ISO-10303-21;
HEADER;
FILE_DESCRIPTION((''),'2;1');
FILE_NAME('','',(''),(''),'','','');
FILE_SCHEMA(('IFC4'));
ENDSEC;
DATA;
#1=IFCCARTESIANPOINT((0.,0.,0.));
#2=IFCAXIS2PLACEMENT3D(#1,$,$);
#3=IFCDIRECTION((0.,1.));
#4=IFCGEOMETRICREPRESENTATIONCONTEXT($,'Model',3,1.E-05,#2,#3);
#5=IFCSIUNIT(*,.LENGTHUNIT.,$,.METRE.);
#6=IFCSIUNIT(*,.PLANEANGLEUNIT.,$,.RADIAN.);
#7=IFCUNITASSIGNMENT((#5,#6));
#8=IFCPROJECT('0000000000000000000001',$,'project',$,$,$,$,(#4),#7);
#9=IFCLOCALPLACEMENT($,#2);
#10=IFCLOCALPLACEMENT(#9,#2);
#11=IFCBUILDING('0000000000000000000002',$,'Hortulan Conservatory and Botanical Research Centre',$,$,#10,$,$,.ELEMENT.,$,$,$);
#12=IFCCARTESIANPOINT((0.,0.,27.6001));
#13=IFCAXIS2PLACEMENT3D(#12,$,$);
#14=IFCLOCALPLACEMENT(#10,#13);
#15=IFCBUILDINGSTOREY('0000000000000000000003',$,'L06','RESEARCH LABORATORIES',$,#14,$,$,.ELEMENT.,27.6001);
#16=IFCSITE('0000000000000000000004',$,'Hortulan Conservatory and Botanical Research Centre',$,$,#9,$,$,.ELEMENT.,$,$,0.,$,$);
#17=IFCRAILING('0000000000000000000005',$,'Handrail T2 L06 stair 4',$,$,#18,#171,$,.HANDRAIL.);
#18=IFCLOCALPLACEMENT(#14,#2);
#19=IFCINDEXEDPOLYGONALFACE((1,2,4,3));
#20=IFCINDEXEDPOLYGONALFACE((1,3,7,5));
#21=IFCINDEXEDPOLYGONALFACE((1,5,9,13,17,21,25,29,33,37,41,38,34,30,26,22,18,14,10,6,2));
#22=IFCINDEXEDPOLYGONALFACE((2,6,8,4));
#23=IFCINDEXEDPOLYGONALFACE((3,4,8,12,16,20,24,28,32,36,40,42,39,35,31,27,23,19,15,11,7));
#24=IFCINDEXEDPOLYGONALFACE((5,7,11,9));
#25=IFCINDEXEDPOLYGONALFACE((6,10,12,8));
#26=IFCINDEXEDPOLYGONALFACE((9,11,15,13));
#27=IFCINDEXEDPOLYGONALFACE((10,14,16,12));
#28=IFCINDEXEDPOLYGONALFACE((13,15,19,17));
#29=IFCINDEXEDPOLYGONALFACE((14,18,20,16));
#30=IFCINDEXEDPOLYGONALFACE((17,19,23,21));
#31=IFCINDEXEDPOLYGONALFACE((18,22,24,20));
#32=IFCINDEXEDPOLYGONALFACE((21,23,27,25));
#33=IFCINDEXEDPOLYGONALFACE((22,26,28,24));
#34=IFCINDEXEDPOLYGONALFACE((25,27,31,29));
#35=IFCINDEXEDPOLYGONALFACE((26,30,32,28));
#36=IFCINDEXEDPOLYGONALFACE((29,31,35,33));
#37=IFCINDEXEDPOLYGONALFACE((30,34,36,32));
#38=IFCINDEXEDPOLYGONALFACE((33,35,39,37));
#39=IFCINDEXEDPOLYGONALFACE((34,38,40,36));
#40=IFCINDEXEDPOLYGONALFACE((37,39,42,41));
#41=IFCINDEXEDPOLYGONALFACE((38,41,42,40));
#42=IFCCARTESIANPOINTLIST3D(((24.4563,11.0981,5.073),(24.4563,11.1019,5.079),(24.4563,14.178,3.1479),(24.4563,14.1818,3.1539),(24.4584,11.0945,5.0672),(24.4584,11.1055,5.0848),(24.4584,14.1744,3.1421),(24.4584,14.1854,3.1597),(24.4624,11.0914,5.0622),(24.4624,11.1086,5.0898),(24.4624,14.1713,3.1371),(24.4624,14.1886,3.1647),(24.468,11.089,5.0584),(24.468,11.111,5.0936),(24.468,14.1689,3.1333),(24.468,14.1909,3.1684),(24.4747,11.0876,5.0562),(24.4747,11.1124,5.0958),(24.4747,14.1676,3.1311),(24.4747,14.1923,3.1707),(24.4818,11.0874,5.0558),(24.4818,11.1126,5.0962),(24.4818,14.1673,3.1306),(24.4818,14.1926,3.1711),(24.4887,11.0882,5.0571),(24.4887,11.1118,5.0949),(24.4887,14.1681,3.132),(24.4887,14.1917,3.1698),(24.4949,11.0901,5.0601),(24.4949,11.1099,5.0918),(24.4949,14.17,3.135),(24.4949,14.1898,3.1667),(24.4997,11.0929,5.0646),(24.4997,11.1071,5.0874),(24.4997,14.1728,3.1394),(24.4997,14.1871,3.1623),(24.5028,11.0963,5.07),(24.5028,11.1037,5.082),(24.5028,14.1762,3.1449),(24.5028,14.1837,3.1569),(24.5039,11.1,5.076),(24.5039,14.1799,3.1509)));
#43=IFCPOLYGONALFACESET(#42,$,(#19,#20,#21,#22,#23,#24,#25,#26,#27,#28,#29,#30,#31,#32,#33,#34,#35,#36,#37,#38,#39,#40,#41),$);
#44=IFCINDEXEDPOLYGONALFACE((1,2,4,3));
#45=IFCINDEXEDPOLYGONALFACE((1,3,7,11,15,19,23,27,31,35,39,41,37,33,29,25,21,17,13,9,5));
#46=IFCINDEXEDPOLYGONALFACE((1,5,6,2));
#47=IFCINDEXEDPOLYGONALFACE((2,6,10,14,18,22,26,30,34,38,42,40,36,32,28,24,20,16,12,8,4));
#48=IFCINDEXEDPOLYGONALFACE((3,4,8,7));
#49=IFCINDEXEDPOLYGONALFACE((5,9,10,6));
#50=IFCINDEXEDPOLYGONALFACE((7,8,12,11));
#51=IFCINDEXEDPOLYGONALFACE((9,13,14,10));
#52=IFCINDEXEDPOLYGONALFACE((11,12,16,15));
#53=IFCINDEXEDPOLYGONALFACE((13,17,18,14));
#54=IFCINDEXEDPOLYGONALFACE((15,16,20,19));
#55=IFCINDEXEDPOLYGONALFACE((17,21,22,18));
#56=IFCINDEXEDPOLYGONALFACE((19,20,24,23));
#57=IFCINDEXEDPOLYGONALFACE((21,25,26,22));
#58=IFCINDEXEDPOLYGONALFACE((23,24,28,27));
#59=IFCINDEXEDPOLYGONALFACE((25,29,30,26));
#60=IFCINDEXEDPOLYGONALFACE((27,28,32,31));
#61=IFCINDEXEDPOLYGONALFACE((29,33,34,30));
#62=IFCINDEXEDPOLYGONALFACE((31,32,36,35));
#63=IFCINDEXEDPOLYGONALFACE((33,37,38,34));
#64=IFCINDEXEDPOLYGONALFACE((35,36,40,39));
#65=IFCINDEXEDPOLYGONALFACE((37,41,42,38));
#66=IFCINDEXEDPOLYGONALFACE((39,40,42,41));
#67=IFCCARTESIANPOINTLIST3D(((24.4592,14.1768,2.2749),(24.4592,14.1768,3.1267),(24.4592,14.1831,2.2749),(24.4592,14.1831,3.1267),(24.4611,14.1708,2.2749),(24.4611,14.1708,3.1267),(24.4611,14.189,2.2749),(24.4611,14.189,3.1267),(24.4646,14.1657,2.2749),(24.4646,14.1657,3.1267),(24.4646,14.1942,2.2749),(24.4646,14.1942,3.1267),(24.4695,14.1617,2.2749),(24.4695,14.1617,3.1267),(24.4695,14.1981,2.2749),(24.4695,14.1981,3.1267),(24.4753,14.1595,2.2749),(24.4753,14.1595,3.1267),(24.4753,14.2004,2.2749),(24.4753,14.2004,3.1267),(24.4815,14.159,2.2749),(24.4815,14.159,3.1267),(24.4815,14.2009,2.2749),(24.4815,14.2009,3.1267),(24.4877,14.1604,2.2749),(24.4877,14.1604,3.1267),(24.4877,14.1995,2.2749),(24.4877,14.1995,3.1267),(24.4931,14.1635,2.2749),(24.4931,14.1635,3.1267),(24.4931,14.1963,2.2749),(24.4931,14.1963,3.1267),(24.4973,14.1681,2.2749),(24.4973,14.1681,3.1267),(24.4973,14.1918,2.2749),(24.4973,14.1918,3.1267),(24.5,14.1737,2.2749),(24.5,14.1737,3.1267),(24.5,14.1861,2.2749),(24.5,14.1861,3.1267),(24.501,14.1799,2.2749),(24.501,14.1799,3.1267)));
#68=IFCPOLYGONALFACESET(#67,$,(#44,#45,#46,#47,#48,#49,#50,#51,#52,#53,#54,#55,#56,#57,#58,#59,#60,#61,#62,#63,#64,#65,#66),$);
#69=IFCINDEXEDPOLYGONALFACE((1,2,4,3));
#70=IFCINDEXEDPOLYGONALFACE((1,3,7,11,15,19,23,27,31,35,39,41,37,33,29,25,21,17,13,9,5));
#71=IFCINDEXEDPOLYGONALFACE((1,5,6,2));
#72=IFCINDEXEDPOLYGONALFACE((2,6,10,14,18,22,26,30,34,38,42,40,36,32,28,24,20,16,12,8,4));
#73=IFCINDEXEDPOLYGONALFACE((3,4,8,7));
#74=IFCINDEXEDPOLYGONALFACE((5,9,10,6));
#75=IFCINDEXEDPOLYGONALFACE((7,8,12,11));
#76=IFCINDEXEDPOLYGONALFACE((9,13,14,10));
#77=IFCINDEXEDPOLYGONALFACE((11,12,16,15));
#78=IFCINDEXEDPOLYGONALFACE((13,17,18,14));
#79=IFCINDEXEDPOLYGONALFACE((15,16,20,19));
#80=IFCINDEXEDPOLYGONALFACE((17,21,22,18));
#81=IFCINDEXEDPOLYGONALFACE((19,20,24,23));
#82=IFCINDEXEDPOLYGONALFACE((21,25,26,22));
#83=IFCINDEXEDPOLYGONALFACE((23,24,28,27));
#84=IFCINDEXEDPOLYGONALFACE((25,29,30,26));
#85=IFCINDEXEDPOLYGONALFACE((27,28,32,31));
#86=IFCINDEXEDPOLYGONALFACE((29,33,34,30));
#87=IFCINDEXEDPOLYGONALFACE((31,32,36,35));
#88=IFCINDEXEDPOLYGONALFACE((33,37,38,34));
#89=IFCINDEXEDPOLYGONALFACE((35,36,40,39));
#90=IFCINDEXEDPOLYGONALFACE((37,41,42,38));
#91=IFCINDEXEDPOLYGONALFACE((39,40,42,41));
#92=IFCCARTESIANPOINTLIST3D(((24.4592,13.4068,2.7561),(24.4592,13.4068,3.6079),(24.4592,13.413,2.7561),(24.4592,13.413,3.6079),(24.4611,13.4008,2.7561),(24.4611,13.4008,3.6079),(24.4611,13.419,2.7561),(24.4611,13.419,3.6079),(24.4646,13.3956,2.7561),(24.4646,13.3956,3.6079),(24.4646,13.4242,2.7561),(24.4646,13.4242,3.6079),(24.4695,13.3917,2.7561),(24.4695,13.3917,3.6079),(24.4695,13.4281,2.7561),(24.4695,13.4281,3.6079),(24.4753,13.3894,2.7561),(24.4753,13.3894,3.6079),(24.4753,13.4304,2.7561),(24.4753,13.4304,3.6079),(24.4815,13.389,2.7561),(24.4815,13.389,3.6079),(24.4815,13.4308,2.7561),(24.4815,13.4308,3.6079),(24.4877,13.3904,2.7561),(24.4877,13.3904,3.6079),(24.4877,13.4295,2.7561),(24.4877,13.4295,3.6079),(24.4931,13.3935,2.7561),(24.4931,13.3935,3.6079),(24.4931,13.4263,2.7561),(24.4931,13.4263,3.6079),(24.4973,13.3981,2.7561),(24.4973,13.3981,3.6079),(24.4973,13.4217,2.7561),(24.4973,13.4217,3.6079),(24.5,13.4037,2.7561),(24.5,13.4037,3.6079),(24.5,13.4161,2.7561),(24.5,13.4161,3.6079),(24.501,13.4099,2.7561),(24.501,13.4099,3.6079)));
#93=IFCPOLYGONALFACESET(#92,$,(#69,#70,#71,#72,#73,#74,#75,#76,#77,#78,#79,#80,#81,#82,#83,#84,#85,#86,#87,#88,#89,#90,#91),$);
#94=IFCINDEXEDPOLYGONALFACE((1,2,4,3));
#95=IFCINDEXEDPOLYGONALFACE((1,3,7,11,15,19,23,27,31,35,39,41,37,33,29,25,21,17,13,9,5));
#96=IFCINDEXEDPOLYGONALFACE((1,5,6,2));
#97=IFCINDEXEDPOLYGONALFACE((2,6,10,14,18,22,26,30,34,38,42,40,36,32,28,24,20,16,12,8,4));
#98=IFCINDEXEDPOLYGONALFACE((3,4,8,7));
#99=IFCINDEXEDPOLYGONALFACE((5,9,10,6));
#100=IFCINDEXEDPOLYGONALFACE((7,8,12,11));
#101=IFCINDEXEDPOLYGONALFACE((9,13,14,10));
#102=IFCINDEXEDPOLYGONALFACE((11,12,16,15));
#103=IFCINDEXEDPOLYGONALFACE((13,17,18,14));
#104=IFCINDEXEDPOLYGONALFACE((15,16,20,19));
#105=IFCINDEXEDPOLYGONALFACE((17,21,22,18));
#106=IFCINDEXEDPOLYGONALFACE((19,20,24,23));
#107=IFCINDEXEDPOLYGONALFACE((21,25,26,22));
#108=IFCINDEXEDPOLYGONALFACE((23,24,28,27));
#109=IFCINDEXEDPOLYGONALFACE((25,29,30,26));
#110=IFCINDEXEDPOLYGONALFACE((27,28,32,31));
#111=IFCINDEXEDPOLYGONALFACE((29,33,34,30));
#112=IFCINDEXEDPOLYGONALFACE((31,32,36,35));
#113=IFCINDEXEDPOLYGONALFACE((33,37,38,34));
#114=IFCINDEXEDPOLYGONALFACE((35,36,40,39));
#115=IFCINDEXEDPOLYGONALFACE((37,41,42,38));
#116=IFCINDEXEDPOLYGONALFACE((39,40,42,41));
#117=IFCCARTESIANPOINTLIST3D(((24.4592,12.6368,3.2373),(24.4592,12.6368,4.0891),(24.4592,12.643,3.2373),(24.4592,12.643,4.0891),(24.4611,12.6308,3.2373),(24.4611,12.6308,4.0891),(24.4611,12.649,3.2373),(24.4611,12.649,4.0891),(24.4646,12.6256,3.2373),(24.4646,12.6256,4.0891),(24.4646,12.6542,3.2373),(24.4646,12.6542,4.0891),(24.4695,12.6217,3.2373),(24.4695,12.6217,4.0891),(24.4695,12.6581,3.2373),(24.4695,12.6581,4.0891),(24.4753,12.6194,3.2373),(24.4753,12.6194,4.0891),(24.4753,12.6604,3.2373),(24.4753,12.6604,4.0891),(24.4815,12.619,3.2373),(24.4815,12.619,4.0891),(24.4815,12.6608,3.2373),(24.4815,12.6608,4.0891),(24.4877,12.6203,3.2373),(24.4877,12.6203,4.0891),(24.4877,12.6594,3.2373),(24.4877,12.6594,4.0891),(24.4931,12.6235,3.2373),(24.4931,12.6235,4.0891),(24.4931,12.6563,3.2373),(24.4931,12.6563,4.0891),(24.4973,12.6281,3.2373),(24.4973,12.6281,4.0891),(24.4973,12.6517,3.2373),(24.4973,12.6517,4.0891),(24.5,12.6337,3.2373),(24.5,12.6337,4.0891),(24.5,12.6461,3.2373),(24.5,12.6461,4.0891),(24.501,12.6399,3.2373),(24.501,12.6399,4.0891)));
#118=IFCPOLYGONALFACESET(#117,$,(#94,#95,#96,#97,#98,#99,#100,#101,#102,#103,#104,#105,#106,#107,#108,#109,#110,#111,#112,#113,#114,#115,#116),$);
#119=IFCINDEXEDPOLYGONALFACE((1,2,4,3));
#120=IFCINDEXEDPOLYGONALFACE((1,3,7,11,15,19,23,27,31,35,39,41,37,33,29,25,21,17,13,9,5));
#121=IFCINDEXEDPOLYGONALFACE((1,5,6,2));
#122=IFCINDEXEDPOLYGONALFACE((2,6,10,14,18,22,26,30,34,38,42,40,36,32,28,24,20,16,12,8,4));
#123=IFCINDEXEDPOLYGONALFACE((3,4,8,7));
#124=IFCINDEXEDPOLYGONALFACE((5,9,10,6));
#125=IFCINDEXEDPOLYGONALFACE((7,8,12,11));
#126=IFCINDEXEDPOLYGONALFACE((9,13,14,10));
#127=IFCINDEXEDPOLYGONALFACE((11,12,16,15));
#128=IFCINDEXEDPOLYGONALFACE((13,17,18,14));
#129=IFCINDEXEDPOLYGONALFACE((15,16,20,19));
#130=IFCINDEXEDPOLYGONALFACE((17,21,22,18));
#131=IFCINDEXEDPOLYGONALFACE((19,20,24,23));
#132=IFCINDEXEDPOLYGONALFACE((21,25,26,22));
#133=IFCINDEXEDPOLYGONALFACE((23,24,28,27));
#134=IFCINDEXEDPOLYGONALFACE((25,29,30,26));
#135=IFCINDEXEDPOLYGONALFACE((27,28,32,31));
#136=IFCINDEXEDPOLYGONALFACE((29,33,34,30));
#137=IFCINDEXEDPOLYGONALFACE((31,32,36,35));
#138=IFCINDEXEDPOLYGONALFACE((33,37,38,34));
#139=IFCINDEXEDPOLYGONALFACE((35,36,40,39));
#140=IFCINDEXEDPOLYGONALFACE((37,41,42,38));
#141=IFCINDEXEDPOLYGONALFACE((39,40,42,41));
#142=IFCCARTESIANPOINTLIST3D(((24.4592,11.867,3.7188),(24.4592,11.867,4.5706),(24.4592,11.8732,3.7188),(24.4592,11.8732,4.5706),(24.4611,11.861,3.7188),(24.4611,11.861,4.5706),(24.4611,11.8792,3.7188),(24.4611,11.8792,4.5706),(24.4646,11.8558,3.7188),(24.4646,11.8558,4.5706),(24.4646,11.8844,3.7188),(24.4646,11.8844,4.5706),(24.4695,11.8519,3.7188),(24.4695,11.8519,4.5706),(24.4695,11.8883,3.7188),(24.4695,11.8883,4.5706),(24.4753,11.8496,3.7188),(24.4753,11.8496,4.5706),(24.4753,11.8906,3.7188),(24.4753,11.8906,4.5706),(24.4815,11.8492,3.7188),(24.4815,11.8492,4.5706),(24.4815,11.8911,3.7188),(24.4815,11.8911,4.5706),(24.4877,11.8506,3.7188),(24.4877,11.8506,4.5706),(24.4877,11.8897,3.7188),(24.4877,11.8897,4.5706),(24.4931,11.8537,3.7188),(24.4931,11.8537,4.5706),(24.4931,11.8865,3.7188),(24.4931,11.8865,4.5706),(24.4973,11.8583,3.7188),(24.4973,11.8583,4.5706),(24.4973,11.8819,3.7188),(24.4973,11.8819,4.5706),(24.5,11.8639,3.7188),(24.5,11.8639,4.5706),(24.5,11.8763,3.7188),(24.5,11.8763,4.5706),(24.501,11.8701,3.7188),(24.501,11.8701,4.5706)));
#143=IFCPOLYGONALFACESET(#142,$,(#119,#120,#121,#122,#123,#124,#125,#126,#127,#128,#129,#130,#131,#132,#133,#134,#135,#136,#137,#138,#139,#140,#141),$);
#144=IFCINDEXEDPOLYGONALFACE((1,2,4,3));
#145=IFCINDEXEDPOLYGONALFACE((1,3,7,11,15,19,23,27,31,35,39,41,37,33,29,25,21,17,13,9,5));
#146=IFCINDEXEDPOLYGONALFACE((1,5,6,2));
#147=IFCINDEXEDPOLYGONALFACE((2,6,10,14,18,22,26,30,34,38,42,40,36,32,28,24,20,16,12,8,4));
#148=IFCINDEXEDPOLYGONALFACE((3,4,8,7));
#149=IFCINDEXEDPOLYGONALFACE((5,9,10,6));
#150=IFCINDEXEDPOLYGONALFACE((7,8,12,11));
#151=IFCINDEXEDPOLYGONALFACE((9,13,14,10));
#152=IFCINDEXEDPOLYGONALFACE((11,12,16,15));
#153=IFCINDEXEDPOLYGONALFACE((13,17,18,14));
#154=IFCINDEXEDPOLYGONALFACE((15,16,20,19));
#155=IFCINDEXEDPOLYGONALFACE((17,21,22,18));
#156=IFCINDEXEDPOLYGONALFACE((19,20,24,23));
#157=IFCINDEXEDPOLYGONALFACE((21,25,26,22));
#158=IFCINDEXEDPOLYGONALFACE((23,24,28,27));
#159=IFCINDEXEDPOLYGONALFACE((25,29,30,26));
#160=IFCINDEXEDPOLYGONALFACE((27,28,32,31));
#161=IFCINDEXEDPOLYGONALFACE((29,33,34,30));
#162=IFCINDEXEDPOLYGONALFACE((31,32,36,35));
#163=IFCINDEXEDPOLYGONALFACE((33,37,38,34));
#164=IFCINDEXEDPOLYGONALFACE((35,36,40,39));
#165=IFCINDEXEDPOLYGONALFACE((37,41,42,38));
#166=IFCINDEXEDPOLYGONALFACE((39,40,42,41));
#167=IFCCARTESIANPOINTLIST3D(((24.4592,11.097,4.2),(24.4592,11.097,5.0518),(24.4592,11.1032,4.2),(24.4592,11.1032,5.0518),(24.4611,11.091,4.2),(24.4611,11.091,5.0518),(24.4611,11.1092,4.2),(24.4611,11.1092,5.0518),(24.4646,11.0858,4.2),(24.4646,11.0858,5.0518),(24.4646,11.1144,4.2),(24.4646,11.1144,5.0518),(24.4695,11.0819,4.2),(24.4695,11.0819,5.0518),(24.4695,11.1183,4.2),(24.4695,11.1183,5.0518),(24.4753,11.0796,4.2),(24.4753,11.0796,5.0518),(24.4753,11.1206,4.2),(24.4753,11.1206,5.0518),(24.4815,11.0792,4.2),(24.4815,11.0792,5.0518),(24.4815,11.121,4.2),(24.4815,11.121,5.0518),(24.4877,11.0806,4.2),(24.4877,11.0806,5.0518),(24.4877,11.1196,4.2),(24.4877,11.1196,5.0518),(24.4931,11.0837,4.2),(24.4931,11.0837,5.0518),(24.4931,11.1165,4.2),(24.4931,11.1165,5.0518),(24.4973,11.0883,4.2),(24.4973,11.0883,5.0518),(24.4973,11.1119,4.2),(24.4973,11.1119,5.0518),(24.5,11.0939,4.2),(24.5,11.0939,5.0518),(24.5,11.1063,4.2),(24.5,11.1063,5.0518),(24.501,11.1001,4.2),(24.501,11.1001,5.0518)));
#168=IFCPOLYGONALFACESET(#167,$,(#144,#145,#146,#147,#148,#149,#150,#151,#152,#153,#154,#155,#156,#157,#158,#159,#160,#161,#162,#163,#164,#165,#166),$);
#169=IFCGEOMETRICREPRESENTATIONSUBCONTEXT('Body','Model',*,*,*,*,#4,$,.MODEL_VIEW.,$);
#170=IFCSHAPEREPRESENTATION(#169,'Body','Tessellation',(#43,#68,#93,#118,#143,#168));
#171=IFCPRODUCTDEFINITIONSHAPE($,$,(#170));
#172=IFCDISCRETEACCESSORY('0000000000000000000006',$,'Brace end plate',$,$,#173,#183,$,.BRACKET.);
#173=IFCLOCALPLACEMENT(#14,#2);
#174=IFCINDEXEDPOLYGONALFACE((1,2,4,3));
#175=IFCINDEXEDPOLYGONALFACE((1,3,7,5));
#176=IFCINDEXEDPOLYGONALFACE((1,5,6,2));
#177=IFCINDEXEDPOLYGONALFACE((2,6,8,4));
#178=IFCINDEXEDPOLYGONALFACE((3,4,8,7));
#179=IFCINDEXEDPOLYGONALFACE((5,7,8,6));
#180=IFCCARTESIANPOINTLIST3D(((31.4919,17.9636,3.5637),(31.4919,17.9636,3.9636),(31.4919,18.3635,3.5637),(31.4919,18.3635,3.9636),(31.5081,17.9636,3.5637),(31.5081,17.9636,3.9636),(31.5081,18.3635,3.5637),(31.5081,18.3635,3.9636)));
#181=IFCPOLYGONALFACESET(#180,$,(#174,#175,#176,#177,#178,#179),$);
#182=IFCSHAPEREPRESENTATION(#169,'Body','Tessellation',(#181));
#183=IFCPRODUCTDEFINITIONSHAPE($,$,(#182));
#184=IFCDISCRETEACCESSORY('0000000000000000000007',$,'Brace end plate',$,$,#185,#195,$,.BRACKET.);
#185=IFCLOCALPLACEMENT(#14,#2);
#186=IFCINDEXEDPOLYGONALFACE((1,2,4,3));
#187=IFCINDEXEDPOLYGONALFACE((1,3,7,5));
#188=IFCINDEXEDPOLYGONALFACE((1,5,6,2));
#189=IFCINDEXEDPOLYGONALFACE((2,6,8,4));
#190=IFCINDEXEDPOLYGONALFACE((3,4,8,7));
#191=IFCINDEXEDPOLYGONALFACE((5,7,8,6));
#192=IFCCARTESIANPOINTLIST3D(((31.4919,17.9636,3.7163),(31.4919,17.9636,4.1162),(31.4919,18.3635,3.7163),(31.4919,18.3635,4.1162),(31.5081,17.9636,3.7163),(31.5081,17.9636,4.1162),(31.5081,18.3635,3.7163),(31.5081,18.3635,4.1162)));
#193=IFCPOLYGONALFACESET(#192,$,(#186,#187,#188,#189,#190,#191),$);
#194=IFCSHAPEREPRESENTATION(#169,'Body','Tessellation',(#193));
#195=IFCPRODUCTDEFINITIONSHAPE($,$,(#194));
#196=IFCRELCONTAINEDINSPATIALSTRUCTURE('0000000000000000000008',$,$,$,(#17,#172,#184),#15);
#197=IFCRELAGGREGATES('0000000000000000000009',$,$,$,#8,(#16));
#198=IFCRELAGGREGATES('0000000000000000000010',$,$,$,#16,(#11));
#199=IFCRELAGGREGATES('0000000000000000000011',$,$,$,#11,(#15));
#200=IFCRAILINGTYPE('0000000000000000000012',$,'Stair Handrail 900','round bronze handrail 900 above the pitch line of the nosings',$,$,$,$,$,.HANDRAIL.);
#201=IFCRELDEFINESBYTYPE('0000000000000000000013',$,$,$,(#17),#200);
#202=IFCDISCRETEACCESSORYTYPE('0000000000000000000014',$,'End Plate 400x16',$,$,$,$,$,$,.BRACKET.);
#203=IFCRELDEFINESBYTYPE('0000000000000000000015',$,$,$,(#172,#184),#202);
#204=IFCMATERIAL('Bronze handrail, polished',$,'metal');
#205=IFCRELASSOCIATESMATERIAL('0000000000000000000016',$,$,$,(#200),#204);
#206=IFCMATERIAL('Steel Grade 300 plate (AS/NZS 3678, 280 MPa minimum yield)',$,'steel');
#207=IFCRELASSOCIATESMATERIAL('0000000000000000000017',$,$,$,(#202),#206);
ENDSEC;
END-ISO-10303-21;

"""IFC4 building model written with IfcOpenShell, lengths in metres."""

from ifc_helpers import new_model, si_unit, direction, frame, origin, origin_2d, place, context, subcontext, project, spatial, rectangle, circle, extrude, material, type_object, element, save


model = new_model("IFC4")

# Units and contexts
model_context = context("Model", 3, precision=1e-05, world=origin(), true_north=direction((0.0, 1.0)))
body_context = subcontext(model_context, "Body", "Model", "MODEL_VIEW")
ifc_project = project(units=[si_unit("LENGTHUNIT", "METRE"), si_unit("PLANEANGLEUNIT", "RADIAN")], contexts=[model_context])

# Site, building, storey
site_placement = place(None, origin())
site = spatial("IfcSite", under=ifc_project, at=site_placement, Name="Hortulan Conservatory and Botanical Research Centre", CompositionType="ELEMENT", RefElevation=0.0)
building_placement = place(site_placement, origin())
building = spatial("IfcBuilding", under=site, at=building_placement, Name="Hortulan Conservatory and Botanical Research Centre", CompositionType="ELEMENT")
storey_placement = place(building_placement, frame((0.0, 0.0, 27.6001)))
storey = spatial("IfcBuildingStorey", under=building, at=storey_placement, Name="L06", Description="RESEARCH LABORATORIES", CompositionType="ELEMENT", Elevation=27.6001)

# Railing
ifc_material_1 = material(Name="Bronze handrail, polished", Category="metal")
railing_type_1 = type_object("IfcRailingType", Name="Stair Handrail 900", Description="round bronze handrail 900 above the pitch line of the nosings", PredefinedType="HANDRAIL", material=ifc_material_1)
railing_1_placement = place(storey_placement, frame((24.48, 14.1799, 2.2749)))
element("IfcRailing", 1, at=railing_1_placement, inside=storey, type_object=railing_type_1, Name="Handrail T2 L06 stair 4", PredefinedType="HANDRAIL", context=body_context, shape_type="SweptSolid", body=[
    extrude(circle(Radius=0.0239, at=origin_2d()), frame((0.0, 0.0, 0.876), z_axis=(0.0, -0.847979, 0.530029), x_axis=(1.0, 0.0, 0.0)), (0.0, 0.0, 1.0), 3.6321),
    extrude(circle(Radius=0.021, at=origin_2d()), origin(), (0.0, 0.0, 1.0), 0.8518),
    extrude(circle(Radius=0.021, at=origin_2d()), frame((0.0, -0.77, 0.4812)), (0.0, 0.0, 1.0), 0.8518),
    extrude(circle(Radius=0.021, at=origin_2d()), frame((0.0, -1.54, 0.9624)), (0.0, 0.0, 1.0), 0.8518),
    extrude(circle(Radius=0.021, at=origin_2d()), frame((0.0, -2.3098, 1.4438)), (0.0, 0.0, 1.0), 0.8518),
    extrude(circle(Radius=0.021, at=origin_2d()), frame((0.0, -3.0798, 1.925)), (0.0, 0.0, 1.0), 0.8518),
])

# Discrete accessories
ifc_material_2 = material(Name="Steel Grade 300 plate (AS/NZS 3678, 280 MPa minimum yield)", Category="steel")
discrete_accessory_type = type_object("IfcDiscreteAccessoryType", Name="End Plate 400x16", PredefinedType="BRACKET", material=ifc_material_2)
for number, where, z_axis, x_axis, name in (
    (2, (31.5, 18.1636, 3.5637), (0.0, 0.0, 1.0), (0.0, -1.0, 0.0), "Brace end plate"),
    (3, (31.5, 18.1636, 3.7163), (0.0, 0.0, 1.0), (0.0, -1.0, 0.0), "Brace end plate"),
):
    element("IfcDiscreteAccessory", number, at=place(storey_placement, frame(where, z_axis=z_axis, x_axis=x_axis)), inside=storey, type_object=discrete_accessory_type, Name=name, PredefinedType="BRACKET", context=body_context, shape_type="SweptSolid", body=[
        extrude(rectangle(XDim=0.3999, YDim=0.0161, at=origin_2d()), origin(), (0.0, 0.0, 1.0), 0.3999),
    ])

save(model, "model.ifc")
